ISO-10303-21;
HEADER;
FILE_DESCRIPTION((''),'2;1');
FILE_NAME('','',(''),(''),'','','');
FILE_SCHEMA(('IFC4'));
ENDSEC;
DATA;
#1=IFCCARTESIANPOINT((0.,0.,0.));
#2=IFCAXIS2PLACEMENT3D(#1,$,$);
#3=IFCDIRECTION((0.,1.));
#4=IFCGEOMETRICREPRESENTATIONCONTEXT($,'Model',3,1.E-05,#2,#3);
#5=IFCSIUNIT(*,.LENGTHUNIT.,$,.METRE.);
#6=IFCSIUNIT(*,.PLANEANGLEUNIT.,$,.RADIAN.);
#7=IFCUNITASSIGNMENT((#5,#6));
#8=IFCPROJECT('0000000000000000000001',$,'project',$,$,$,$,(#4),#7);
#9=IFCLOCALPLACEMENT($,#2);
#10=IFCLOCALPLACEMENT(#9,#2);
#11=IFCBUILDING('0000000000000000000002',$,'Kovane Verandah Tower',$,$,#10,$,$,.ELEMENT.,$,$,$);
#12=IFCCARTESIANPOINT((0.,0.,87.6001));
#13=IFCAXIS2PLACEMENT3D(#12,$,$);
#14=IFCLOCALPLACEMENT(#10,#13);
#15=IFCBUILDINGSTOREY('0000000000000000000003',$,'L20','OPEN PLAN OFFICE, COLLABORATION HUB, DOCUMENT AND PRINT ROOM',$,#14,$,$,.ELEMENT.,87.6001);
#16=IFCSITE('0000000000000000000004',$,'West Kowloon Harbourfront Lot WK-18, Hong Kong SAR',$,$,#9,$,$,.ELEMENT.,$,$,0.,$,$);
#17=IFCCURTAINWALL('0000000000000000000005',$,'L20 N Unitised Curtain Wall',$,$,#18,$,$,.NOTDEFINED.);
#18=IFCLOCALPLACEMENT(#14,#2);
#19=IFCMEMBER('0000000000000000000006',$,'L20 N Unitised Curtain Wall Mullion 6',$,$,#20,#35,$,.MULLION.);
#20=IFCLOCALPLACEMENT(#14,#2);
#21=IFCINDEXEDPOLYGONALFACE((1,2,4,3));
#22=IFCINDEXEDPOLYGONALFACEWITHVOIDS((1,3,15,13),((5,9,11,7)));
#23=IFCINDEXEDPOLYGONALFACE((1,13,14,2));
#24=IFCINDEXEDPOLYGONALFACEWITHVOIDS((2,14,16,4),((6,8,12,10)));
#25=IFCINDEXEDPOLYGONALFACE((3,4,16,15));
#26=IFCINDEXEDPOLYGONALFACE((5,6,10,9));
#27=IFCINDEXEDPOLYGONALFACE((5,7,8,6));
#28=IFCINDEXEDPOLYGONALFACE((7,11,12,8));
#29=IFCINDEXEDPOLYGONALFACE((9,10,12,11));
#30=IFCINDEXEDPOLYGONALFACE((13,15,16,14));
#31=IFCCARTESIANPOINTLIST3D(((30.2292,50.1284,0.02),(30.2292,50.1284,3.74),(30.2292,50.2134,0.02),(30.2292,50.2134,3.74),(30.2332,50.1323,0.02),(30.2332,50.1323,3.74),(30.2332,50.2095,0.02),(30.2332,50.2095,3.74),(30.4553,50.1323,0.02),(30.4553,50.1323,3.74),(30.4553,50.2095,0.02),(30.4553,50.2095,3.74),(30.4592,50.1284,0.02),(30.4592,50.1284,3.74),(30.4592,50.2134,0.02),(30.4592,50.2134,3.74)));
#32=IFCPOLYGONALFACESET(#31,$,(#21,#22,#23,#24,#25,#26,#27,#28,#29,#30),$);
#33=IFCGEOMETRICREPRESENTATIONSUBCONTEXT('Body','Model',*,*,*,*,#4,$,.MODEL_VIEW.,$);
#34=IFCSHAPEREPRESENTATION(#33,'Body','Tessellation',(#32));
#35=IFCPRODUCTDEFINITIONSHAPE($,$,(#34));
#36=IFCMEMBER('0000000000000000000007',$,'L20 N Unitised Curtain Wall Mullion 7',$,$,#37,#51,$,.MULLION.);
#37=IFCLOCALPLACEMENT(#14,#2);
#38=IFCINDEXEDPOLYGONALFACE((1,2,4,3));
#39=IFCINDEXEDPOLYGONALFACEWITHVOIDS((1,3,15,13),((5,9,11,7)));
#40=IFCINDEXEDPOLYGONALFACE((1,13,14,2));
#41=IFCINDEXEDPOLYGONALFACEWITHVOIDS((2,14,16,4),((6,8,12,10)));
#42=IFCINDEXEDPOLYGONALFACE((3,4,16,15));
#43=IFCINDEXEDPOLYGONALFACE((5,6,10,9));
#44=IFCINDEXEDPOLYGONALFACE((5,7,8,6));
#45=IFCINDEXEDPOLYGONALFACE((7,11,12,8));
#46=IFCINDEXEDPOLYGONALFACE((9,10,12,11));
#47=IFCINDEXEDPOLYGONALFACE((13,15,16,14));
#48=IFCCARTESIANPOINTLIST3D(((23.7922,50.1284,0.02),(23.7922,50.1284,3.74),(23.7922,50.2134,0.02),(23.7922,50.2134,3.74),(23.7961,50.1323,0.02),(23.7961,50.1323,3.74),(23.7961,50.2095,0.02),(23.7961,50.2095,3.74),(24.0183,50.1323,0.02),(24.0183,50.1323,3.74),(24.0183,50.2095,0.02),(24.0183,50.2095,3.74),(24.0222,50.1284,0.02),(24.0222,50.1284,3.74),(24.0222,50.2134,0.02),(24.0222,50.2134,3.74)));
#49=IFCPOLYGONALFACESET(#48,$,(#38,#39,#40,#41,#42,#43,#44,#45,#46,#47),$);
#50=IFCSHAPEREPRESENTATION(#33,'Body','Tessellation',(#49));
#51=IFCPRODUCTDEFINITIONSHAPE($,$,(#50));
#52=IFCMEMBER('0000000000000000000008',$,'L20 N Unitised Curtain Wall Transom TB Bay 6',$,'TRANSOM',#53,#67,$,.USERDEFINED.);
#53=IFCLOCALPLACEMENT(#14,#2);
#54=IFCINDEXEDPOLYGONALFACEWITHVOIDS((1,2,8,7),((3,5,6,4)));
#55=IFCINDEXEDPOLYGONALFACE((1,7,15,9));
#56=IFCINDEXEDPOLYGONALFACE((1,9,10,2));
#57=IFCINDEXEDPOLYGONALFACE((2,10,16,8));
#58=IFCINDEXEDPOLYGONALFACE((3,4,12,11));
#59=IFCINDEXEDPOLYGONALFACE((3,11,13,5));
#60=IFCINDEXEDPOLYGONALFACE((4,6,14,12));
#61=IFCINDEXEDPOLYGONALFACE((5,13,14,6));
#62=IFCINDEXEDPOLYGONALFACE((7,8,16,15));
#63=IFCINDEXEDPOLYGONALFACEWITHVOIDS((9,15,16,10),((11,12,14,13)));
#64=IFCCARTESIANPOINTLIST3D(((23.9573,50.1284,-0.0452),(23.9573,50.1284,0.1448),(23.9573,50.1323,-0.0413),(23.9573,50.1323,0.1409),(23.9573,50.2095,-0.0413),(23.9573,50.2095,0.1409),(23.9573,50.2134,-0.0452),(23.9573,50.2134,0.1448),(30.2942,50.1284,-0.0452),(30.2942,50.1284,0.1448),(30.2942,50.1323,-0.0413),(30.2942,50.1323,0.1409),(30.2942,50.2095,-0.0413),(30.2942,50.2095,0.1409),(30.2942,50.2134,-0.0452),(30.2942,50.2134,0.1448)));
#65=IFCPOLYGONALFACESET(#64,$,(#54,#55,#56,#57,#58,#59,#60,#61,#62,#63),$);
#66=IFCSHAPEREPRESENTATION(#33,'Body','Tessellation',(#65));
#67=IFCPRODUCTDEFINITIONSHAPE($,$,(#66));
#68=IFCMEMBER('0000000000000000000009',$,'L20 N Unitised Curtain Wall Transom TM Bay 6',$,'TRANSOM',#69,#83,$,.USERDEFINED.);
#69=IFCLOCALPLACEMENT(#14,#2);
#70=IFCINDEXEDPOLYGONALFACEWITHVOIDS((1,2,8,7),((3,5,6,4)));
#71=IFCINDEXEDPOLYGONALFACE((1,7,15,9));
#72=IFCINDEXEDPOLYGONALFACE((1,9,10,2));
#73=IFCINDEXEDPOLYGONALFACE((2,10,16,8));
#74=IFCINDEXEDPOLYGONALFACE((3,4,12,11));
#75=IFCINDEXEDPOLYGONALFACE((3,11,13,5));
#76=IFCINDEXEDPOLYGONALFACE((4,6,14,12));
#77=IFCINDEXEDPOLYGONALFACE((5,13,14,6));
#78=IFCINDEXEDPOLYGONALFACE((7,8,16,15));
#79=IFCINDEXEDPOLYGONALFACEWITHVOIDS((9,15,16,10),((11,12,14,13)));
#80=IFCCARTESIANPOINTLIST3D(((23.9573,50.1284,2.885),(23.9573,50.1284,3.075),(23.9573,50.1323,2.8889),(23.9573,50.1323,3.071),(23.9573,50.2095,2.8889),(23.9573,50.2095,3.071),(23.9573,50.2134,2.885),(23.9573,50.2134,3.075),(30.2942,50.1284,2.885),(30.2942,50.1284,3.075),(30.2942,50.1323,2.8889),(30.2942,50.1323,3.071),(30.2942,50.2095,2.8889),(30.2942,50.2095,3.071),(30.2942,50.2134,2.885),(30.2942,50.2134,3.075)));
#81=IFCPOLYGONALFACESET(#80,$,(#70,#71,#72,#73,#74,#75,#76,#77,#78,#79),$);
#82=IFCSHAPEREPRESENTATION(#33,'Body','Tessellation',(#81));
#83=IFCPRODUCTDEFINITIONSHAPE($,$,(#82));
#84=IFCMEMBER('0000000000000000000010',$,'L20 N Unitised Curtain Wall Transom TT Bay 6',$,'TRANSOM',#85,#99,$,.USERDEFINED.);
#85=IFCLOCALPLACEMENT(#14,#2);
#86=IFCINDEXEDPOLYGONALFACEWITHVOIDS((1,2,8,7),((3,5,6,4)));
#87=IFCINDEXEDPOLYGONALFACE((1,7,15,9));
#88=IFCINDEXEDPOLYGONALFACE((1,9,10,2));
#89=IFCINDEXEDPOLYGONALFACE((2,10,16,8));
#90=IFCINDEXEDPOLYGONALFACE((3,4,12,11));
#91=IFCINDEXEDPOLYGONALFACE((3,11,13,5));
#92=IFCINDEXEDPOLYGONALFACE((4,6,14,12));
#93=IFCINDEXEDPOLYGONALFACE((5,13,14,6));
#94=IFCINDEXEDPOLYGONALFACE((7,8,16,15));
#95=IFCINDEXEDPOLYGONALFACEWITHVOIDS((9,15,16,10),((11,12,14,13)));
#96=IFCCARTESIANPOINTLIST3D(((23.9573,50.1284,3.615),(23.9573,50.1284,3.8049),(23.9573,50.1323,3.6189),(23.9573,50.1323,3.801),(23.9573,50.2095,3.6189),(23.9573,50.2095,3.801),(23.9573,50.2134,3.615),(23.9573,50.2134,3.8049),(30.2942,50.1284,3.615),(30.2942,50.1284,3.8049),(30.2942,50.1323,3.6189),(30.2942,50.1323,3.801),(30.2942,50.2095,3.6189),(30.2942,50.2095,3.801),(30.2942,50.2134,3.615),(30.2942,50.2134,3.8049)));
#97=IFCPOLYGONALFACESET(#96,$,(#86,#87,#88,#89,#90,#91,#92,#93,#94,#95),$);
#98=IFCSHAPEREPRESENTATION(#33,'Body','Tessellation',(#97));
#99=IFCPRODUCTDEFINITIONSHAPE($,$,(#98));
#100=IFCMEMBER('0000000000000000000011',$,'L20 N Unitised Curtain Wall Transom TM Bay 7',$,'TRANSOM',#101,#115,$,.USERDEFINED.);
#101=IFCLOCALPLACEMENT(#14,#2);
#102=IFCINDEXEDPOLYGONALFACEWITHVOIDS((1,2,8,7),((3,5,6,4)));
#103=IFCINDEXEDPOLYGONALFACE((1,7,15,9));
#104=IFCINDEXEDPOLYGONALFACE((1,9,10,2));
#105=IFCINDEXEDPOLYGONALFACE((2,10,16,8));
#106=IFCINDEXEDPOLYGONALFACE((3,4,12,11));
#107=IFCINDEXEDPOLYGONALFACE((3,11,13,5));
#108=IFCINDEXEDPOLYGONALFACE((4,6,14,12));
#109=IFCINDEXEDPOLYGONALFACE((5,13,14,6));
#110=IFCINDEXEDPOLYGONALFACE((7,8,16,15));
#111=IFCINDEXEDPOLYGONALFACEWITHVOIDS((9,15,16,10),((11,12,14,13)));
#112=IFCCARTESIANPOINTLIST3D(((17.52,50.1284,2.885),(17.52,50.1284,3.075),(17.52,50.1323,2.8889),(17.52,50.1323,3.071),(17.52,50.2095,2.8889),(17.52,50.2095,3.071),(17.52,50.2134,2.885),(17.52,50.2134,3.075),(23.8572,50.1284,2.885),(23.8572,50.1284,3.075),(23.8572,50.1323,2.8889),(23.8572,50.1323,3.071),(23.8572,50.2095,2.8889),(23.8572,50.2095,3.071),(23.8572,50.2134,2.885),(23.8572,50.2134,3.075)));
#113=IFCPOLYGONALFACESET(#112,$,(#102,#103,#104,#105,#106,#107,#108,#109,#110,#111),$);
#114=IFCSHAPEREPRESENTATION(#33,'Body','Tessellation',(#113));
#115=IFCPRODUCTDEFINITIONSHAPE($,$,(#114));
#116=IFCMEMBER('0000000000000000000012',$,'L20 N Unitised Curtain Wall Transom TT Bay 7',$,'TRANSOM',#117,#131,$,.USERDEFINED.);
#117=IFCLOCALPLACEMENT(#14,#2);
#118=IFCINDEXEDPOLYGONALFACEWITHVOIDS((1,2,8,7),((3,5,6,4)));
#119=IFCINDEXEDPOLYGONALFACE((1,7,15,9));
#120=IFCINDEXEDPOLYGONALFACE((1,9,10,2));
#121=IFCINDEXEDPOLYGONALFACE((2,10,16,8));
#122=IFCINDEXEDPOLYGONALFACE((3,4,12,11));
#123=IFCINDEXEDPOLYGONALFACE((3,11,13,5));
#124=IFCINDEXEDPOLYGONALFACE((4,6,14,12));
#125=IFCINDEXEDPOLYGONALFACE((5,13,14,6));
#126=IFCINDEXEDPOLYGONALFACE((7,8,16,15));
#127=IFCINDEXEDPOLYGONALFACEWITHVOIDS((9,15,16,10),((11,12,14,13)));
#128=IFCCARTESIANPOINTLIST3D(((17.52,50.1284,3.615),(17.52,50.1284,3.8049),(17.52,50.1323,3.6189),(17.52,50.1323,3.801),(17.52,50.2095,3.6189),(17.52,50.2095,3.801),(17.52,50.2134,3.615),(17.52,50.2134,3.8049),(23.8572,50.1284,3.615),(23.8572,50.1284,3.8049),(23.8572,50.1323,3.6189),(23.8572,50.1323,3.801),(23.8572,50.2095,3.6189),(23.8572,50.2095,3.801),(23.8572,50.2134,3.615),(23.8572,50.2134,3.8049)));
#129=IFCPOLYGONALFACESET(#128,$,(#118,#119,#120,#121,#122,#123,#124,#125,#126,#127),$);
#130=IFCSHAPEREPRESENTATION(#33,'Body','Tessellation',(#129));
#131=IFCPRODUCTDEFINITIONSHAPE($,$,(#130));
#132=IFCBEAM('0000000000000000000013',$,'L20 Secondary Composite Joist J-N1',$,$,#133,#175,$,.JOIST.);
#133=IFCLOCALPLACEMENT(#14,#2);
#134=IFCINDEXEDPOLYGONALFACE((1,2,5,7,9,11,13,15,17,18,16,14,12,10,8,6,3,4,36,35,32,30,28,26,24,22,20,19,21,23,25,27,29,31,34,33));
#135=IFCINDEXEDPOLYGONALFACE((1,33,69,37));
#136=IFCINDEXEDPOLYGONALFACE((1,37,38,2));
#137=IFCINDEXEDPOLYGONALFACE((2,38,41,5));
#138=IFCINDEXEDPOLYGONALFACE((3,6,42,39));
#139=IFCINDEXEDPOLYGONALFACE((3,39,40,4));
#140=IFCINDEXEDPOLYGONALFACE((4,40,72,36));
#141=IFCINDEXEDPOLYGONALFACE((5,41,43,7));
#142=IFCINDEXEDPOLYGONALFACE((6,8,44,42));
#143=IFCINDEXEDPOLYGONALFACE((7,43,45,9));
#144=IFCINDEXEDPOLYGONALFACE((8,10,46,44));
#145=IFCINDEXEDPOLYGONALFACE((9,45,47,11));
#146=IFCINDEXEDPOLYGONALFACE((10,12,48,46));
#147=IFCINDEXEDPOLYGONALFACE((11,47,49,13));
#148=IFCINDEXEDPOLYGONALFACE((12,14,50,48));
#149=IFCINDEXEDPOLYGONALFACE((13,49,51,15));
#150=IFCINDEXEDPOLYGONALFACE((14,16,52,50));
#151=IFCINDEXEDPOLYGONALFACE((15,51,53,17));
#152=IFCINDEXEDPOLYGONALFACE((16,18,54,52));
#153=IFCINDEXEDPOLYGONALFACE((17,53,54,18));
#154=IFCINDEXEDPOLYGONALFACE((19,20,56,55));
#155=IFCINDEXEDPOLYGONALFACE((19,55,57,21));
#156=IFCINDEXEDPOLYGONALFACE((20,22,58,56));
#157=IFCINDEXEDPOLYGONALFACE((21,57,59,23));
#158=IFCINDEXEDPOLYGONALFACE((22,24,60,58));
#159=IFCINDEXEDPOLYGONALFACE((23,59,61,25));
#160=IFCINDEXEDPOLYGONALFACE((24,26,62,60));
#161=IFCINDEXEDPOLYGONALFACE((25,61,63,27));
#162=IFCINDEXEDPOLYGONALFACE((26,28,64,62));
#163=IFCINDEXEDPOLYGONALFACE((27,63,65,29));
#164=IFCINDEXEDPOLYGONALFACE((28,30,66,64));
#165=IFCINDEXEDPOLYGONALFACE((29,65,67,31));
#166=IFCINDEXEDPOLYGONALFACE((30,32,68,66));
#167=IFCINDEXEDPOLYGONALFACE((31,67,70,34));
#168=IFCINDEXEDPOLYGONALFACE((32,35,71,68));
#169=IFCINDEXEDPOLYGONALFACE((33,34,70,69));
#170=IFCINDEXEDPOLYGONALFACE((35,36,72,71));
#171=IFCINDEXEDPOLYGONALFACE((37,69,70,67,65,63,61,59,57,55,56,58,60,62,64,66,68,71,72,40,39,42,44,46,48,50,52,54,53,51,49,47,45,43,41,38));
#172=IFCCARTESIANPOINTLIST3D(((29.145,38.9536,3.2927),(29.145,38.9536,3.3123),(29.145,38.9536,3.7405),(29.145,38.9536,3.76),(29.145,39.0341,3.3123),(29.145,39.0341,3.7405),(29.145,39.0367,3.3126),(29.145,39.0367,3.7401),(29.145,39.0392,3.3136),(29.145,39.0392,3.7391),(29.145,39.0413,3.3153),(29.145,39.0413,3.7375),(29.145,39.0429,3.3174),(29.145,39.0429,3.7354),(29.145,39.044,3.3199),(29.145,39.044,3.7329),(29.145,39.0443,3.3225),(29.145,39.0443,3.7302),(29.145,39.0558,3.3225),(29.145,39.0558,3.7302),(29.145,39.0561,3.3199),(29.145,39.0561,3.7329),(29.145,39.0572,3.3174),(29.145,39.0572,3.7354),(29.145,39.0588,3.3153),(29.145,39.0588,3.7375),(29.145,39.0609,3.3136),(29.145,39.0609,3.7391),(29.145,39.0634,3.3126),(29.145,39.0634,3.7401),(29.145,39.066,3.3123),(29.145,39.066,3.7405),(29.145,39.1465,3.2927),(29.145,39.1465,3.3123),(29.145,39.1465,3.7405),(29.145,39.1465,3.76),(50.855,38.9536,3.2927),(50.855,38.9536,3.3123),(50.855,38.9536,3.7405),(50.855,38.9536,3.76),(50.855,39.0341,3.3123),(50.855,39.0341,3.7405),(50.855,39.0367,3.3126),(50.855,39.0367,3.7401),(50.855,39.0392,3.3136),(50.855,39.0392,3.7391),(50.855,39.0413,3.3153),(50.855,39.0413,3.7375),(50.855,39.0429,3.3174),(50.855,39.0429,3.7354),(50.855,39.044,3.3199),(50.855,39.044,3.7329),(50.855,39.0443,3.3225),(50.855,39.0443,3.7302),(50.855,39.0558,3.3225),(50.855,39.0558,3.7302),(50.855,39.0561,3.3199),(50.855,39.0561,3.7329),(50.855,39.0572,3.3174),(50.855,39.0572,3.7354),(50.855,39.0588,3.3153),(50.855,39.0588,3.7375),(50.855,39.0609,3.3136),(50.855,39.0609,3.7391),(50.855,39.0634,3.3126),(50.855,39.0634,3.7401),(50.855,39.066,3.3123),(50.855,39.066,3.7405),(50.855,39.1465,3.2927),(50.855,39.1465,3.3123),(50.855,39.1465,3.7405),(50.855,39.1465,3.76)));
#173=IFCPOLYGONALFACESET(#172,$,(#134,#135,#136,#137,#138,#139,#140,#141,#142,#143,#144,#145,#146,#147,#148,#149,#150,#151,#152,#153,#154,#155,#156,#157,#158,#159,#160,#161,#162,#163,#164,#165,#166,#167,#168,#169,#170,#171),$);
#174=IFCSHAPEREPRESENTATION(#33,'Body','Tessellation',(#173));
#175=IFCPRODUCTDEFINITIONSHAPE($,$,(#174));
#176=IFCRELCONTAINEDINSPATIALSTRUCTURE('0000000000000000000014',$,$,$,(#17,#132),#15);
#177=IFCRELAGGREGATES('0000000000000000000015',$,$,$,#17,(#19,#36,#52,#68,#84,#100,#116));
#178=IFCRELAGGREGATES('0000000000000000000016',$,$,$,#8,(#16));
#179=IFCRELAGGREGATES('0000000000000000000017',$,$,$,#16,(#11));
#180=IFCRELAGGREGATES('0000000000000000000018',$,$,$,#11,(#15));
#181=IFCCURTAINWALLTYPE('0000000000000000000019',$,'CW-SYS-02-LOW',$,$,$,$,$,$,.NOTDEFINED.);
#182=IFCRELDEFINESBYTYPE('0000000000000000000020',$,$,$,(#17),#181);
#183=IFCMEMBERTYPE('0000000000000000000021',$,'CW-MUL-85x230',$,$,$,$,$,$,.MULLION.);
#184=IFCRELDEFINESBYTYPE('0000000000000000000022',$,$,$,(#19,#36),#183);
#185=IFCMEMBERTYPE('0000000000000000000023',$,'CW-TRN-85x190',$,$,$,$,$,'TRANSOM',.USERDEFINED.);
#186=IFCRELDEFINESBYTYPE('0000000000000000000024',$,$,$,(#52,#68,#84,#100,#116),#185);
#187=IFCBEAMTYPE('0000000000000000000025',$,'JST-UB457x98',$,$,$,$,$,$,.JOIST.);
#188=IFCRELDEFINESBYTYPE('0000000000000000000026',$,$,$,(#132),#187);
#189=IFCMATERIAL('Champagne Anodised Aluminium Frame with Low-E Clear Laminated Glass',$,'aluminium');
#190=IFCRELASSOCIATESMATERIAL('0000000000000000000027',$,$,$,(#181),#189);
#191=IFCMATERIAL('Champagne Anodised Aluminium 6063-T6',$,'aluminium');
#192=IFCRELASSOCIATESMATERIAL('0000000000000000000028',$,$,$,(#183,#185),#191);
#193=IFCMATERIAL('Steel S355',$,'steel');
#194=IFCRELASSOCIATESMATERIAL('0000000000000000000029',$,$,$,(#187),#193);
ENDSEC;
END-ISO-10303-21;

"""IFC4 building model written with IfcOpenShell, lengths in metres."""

from ifc_helpers import new_model, si_unit, direction, frame, origin, origin_2d, place, context, subcontext, project, spatial, hollow_rectangle, i_section, extrude, material, material_profile, profile_set, type_object, element, aggregate, save


model = new_model("IFC4")

# Units and contexts
model_context = context("Model", 3, precision=1e-05, world=origin(), true_north=direction((0.0, 1.0)))
body_context = subcontext(model_context, "Body", "Model", "MODEL_VIEW")
ifc_project = project(units=[si_unit("LENGTHUNIT", "METRE"), si_unit("PLANEANGLEUNIT", "RADIAN")], contexts=[model_context])

# Site, building, storey
site_placement = place(None, origin())
site = spatial("IfcSite", under=ifc_project, at=site_placement, Name="West Kowloon Harbourfront Lot WK-18, Hong Kong SAR", CompositionType="ELEMENT", RefElevation=0.0)
building_placement = place(site_placement, origin())
building = spatial("IfcBuilding", under=site, at=building_placement, Name="Kovane Verandah Tower", CompositionType="ELEMENT")
storey_placement = place(building_placement, frame((0.0, 0.0, 87.6001)))
storey = spatial("IfcBuildingStorey", under=building, at=storey_placement, Name="L20", Description="OPEN PLAN OFFICE, COLLABORATION HUB, DOCUMENT AND PRINT ROOM", CompositionType="ELEMENT", Elevation=87.6001)

# Shared definitions
ifc_material_1 = material(Name="Steel S355", Category="steel")

# Curtain wall, members
ifc_material_2 = material(Name="Champagne Anodised Aluminium Frame with Low-E Clear Laminated Glass", Category="aluminium")
curtain_wall_type = type_object("IfcCurtainWallType", Name="CW-SYS-02-LOW", PredefinedType="NOTDEFINED", material=ifc_material_2)
curtain_wall_placement = place(storey_placement, origin())
curtain_wall = element("IfcCurtainWall", 1, at=curtain_wall_placement, inside=storey, type_object=curtain_wall_type, Name="L20 N Unitised Curtain Wall", PredefinedType="NOTDEFINED")
ifc_material_3 = material(Name="Champagne Anodised Aluminium 6063-T6", Category="aluminium")
ifc_material_profile_1 = material_profile(ifc_material_3, hollow_rectangle(XDim=0.085, YDim=0.23, WallThickness=0.0039, at=origin_2d()), Name="AL85x230x4")
ifc_profile_set_1 = profile_set([ifc_material_profile_1], Name="Champagne Anodised Aluminium 6063-T6")
member_type_1 = type_object("IfcMemberType", Name="CW-MUL-85x230", PredefinedType="MULLION", material=ifc_profile_set_1)
member_1_placement = place(storey_placement, frame((30.3442, 50.1709, 0.02), z_axis=(0.0, 0.0, 1.0), x_axis=(0.0, 1.0, 0.0)))
member_1 = element("IfcMember", 2, at=member_1_placement, type_object=member_type_1, Name="L20 N Unitised Curtain Wall Mullion 6", PredefinedType="MULLION", context=body_context, shape_type="SweptSolid", body=[
    extrude(hollow_rectangle(XDim=0.085, YDim=0.23, WallThickness=0.0039, at=origin_2d()), origin(), (0.0, 0.0, 1.0), 3.72),
])
member_2_placement = place(storey_placement, frame((23.9072, 50.1709, 0.02), z_axis=(0.0, 0.0, 1.0), x_axis=(0.0, 1.0, 0.0)))
member_2 = element("IfcMember", 3, at=member_2_placement, type_object=member_type_1, Name="L20 N Unitised Curtain Wall Mullion 7", PredefinedType="MULLION", context=body_context, shape_type="SweptSolid", body=[
    extrude(hollow_rectangle(XDim=0.085, YDim=0.23, WallThickness=0.0039, at=origin_2d()), origin(), (0.0, 0.0, 1.0), 3.72),
])
ifc_material_profile_2 = material_profile(ifc_material_3, hollow_rectangle(XDim=0.085, YDim=0.1899, WallThickness=0.0039, at=origin_2d()), Name="AL85x190x4")
ifc_profile_set_2 = profile_set([ifc_material_profile_2], Name="Champagne Anodised Aluminium 6063-T6")
member_type_2 = type_object("IfcMemberType", Name="CW-TRN-85x190", ElementType="TRANSOM", PredefinedType="USERDEFINED", material=ifc_profile_set_2)
member_3_placement = place(storey_placement, frame((30.2942, 50.1709, 0.0498), z_axis=(-1.0, 0.0, 0.0), x_axis=(0.0, -1.0, 0.0)))
member_3 = element("IfcMember", 4, at=member_3_placement, type_object=member_type_2, Name="L20 N Unitised Curtain Wall Transom TB Bay 6", ObjectType="TRANSOM", PredefinedType="USERDEFINED", context=body_context, shape_type="SweptSolid", body=[
    extrude(hollow_rectangle(XDim=0.085, YDim=0.1899, WallThickness=0.0039, at=origin_2d()), origin(), (0.0, 0.0, 1.0), 6.3369),
])
member_4_placement = place(storey_placement, frame((30.2942, 50.1709, 2.98), z_axis=(-1.0, 0.0, 0.0), x_axis=(0.0, -1.0, 0.0)))
member_4 = element("IfcMember", 5, at=member_4_placement, type_object=member_type_2, Name="L20 N Unitised Curtain Wall Transom TM Bay 6", ObjectType="TRANSOM", PredefinedType="USERDEFINED", context=body_context, shape_type="SweptSolid", body=[
    extrude(hollow_rectangle(XDim=0.085, YDim=0.1899, WallThickness=0.0039, at=origin_2d()), origin(), (0.0, 0.0, 1.0), 6.3369),
])
member_5_placement = place(storey_placement, frame((30.2942, 50.1709, 3.71), z_axis=(-1.0, 0.0, 0.0), x_axis=(0.0, -1.0, 0.0)))
member_5 = element("IfcMember", 6, at=member_5_placement, type_object=member_type_2, Name="L20 N Unitised Curtain Wall Transom TT Bay 6", ObjectType="TRANSOM", PredefinedType="USERDEFINED", context=body_context, shape_type="SweptSolid", body=[
    extrude(hollow_rectangle(XDim=0.085, YDim=0.1899, WallThickness=0.0039, at=origin_2d()), origin(), (0.0, 0.0, 1.0), 6.3369),
])
member_6_placement = place(storey_placement, frame((23.8572, 50.1709, 2.98), z_axis=(-1.0, 0.0, 0.0), x_axis=(0.0, -1.0, 0.0)))
member_6 = element("IfcMember", 7, at=member_6_placement, type_object=member_type_2, Name="L20 N Unitised Curtain Wall Transom TM Bay 7", ObjectType="TRANSOM", PredefinedType="USERDEFINED", context=body_context, shape_type="SweptSolid", body=[
    extrude(hollow_rectangle(XDim=0.085, YDim=0.1899, WallThickness=0.0039, at=origin_2d()), origin(), (0.0, 0.0, 1.0), 6.3372),
])
member_7_placement = place(storey_placement, frame((23.8572, 50.1709, 3.71), z_axis=(-1.0, 0.0, 0.0), x_axis=(0.0, -1.0, 0.0)))
member_7 = element("IfcMember", 8, at=member_7_placement, type_object=member_type_2, Name="L20 N Unitised Curtain Wall Transom TT Bay 7", ObjectType="TRANSOM", PredefinedType="USERDEFINED", context=body_context, shape_type="SweptSolid", body=[
    extrude(hollow_rectangle(XDim=0.085, YDim=0.1899, WallThickness=0.0039, at=origin_2d()), origin(), (0.0, 0.0, 1.0), 6.3372),
])

# Beam
ifc_material_profile_3 = material_profile(ifc_material_1, i_section(OverallWidth=0.1929, OverallDepth=0.4673, WebThickness=0.0115, FlangeThickness=0.0195, FilletRadius=0.0103, at=origin_2d()), Name="UB457x191x98")
ifc_profile_set_3 = profile_set([ifc_material_profile_3], Name="Steel S355")
beam_type_1 = type_object("IfcBeamType", Name="JST-UB457x98", PredefinedType="JOIST", material=ifc_profile_set_3)
for number, where, z_axis, x_axis, name in (
    (9, (29.145, 39.05, 3.5264), (1.0, 0.0, 0.0), (0.0, 1.0, 0.0), "L20 Secondary Composite Joist J-N1"),
):
    element("IfcBeam", number, at=place(storey_placement, frame(where, z_axis=z_axis, x_axis=x_axis)), inside=storey, type_object=beam_type_1, Name=name, PredefinedType="JOIST", context=body_context, shape_type="SweptSolid", body=[
        extrude(i_section(OverallWidth=0.1929, OverallDepth=0.4673, WebThickness=0.0115, FlangeThickness=0.0195, FilletRadius=0.0103, at=origin_2d()), origin(), (0.0, 0.0, 1.0), 21.71),
    ])

aggregate(curtain_wall, [member_1, member_2, member_3, member_4, member_5, member_6, member_7])

save(model, "model.ifc")
